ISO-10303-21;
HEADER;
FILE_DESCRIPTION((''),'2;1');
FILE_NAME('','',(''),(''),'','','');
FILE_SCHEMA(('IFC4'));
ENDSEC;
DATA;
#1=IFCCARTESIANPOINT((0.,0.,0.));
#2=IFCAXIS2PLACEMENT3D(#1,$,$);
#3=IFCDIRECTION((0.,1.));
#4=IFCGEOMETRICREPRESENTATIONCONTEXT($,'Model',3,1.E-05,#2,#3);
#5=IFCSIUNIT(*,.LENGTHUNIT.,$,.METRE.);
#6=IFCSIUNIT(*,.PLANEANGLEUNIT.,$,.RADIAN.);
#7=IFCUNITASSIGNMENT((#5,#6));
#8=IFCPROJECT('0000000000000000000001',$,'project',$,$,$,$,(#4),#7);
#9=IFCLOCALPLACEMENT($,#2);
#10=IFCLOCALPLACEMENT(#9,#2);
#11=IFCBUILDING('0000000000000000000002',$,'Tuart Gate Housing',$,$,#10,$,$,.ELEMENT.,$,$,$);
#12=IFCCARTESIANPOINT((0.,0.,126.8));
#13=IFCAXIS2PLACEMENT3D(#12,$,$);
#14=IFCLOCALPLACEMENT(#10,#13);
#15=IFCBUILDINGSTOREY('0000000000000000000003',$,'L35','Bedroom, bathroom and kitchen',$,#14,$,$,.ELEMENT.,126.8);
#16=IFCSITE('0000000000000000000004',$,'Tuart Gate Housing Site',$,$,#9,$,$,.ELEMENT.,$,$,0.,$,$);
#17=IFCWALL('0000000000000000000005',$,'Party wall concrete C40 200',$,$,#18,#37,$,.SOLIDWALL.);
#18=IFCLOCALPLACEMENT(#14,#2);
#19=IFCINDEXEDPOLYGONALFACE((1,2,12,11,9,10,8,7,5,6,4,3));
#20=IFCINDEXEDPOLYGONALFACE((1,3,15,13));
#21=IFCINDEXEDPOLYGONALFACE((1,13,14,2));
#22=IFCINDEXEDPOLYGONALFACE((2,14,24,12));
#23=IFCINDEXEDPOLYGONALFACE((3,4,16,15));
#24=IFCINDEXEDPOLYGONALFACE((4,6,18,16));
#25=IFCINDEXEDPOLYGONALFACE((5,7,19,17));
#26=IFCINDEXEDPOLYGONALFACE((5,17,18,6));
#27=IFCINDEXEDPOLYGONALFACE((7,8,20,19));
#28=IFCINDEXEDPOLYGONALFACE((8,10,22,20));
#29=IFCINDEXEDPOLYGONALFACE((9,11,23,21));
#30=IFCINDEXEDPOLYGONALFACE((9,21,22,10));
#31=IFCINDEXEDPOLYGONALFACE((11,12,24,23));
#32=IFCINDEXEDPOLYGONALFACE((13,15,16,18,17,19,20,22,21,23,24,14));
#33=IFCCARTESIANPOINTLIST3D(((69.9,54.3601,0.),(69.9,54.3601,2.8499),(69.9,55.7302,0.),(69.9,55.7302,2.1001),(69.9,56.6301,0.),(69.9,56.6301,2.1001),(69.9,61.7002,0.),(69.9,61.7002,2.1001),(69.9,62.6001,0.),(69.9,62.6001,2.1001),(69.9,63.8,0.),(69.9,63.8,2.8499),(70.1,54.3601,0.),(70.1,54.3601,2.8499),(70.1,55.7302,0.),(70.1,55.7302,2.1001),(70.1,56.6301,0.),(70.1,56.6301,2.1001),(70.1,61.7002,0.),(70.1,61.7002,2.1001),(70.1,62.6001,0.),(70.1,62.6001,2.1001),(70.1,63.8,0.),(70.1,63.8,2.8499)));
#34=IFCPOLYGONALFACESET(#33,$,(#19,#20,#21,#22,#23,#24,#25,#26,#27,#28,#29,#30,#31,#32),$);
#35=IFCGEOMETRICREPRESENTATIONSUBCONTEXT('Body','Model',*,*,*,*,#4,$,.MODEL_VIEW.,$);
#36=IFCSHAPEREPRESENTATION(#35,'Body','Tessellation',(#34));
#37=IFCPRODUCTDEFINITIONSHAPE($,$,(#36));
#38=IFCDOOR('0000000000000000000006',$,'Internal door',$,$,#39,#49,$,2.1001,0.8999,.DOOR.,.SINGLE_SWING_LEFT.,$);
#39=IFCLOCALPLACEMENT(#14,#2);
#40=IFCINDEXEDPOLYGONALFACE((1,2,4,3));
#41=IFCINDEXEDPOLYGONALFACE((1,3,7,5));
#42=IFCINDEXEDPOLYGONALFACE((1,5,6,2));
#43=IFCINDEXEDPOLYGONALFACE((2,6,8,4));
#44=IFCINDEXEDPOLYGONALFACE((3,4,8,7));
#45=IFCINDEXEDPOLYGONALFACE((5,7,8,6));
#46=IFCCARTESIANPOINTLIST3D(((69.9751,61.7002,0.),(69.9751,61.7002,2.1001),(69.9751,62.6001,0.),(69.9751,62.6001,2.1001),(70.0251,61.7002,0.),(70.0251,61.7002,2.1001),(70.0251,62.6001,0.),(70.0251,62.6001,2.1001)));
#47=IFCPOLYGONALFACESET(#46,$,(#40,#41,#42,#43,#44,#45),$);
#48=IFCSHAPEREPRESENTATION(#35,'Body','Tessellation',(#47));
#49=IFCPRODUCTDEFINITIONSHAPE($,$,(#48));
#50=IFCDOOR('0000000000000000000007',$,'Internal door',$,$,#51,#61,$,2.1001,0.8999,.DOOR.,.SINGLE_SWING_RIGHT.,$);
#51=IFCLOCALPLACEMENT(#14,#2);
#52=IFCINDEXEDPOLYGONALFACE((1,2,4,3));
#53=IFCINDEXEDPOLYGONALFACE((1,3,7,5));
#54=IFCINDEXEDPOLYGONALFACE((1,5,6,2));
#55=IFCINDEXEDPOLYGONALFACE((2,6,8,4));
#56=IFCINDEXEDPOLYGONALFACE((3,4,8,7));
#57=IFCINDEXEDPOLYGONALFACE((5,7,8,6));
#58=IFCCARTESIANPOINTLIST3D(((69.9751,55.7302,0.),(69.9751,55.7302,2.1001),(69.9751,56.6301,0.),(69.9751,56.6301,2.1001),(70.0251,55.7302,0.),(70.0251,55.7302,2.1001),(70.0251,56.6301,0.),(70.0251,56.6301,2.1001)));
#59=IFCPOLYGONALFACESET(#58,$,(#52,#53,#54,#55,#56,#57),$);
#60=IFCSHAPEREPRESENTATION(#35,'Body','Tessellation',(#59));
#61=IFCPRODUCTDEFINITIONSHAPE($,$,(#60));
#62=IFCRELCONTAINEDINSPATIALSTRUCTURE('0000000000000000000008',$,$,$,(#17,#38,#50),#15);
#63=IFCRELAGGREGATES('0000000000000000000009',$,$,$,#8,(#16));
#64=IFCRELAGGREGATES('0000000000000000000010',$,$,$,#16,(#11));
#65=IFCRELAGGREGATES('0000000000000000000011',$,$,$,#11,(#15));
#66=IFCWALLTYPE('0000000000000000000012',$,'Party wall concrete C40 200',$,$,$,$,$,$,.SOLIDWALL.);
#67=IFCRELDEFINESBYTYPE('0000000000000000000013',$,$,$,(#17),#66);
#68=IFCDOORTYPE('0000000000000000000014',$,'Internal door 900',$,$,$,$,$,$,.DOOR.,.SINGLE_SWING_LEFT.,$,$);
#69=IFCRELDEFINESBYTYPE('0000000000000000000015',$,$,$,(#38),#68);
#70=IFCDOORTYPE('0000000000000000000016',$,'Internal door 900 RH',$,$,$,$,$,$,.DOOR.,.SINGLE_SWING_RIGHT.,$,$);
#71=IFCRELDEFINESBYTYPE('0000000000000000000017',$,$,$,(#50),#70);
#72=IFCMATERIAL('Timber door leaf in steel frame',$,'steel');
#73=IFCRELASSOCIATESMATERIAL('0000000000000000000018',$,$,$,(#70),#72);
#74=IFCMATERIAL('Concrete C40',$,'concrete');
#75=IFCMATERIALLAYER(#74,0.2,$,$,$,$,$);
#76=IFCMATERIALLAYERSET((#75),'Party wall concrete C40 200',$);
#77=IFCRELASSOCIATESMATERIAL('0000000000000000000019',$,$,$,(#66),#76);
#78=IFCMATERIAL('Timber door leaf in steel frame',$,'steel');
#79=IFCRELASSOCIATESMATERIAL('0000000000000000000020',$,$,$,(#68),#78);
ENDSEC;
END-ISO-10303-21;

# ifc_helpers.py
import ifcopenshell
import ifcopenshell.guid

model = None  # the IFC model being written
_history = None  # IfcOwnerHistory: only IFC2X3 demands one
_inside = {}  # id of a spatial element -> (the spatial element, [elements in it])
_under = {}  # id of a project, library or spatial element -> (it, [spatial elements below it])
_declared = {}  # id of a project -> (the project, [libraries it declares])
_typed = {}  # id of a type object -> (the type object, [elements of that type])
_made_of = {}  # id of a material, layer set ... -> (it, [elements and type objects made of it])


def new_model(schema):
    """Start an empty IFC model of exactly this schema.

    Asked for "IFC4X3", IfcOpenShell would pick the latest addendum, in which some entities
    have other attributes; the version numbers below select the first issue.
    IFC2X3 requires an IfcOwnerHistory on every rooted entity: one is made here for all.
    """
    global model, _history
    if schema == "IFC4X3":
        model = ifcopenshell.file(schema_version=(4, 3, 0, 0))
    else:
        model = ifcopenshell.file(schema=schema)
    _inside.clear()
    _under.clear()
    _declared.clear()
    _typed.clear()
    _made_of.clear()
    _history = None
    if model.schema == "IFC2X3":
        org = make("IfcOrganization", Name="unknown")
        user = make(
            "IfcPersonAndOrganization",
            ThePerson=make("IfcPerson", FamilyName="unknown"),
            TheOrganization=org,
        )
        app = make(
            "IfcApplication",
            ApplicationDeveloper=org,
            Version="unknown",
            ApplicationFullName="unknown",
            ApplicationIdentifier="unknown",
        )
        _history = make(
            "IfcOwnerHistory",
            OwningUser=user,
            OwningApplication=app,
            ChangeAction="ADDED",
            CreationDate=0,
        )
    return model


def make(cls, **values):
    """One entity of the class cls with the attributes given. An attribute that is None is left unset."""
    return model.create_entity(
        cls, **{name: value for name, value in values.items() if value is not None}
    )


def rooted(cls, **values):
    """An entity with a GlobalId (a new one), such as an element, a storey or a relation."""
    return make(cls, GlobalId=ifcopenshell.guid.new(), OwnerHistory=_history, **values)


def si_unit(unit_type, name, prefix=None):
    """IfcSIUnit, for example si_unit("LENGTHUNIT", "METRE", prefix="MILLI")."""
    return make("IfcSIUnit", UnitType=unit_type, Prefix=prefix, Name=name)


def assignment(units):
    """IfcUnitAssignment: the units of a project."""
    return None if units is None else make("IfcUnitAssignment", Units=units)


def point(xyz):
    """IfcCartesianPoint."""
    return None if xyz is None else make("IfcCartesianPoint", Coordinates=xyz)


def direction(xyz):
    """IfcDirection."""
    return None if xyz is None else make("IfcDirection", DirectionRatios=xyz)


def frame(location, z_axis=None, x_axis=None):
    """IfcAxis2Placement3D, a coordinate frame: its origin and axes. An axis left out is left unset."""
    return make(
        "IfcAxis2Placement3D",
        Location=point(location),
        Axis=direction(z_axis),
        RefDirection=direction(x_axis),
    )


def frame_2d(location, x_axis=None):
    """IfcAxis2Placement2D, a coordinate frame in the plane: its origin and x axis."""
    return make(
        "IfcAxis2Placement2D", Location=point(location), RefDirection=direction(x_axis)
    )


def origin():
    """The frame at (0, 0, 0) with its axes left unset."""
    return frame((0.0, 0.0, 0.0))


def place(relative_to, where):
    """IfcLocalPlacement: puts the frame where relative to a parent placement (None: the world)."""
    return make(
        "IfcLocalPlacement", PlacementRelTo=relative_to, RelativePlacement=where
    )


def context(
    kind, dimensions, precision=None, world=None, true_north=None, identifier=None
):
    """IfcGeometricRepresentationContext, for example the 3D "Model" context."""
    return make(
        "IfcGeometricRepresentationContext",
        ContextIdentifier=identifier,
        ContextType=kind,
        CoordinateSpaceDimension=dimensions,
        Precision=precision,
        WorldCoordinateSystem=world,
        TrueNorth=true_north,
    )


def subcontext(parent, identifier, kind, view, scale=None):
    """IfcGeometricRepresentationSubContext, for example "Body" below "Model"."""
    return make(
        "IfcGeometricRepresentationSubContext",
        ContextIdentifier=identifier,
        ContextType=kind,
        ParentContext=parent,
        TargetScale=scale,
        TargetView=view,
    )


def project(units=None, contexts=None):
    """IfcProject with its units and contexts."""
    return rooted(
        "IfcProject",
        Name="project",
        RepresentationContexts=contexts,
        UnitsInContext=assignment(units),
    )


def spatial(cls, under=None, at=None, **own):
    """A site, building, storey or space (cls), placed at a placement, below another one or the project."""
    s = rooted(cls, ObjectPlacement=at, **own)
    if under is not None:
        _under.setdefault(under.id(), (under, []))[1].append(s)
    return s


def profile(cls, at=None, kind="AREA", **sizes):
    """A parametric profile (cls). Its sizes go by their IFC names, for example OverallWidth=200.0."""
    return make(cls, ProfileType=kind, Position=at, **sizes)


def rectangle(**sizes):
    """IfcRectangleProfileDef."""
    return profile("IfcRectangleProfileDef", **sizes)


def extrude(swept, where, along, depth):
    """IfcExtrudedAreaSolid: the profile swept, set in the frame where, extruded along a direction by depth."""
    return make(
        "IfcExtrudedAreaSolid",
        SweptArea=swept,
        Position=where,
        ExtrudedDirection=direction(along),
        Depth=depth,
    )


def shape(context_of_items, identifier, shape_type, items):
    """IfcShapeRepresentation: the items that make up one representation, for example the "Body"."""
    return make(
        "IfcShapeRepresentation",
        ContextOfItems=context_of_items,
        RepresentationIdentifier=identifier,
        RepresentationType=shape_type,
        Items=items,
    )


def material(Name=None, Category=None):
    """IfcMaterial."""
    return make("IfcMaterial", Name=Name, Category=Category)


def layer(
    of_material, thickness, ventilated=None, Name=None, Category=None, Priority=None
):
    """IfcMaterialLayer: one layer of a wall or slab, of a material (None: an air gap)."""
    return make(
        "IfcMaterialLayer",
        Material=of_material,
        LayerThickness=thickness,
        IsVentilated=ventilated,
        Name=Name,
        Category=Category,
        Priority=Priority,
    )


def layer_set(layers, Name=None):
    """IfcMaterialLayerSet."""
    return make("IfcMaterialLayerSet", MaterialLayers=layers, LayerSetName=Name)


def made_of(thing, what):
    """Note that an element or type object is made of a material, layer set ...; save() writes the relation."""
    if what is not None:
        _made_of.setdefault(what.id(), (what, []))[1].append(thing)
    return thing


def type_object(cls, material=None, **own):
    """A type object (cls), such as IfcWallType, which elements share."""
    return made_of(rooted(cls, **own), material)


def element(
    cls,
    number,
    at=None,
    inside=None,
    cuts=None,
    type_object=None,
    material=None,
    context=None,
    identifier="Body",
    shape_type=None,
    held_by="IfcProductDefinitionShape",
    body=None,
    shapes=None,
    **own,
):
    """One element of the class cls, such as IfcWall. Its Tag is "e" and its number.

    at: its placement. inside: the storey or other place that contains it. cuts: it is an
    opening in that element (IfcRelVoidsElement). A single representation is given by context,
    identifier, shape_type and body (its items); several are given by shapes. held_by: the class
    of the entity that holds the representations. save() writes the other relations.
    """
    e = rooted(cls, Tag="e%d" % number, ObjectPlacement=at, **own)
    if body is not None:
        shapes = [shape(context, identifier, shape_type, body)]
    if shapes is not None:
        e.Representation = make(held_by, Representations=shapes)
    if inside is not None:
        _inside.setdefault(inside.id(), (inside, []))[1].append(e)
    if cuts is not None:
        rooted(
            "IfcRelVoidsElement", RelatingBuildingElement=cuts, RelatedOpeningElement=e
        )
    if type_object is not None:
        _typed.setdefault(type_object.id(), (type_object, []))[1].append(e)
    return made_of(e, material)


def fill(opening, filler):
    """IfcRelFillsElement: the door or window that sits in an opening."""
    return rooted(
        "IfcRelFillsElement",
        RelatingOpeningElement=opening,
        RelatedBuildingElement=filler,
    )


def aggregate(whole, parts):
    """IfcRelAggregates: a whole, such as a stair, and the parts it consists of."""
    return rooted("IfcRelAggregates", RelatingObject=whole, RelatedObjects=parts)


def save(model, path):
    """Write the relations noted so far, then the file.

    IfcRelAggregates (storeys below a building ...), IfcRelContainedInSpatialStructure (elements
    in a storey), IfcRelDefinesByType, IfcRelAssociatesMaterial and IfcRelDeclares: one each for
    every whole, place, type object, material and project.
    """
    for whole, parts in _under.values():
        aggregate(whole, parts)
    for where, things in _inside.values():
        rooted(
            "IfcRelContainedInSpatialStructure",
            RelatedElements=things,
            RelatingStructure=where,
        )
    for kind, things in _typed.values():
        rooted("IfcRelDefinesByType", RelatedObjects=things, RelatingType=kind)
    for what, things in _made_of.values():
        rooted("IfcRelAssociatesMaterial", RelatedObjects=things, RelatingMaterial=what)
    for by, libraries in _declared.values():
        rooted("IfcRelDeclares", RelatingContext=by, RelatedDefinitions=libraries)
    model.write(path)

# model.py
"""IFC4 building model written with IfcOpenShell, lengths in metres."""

from ifc_helpers import new_model, si_unit, direction, frame, frame_2d, origin, place, context, subcontext, project, spatial, rectangle, extrude, material, layer, layer_set, type_object, element, fill, save


model = new_model("IFC4")

# Units and contexts
model_context = context("Model", 3, precision=1e-05, world=origin(), true_north=direction((0.0, 1.0)))
body_context = subcontext(model_context, "Body", "Model", "MODEL_VIEW")
ifc_project = project(units=[si_unit("LENGTHUNIT", "METRE"), si_unit("PLANEANGLEUNIT", "RADIAN")], contexts=[model_context])

# Site, building, storey
site_placement = place(None, origin())
site = spatial("IfcSite", under=ifc_project, at=site_placement, Name="Tuart Gate Housing Site", CompositionType="ELEMENT", RefElevation=0.0)
building_placement = place(site_placement, origin())
building = spatial("IfcBuilding", under=site, at=building_placement, Name="Tuart Gate Housing", CompositionType="ELEMENT")
storey_placement = place(building_placement, frame((0.0, 0.0, 126.8)))
storey = spatial("IfcBuildingStorey", under=building, at=storey_placement, Name="L35", Description="Bedroom, bathroom and kitchen", CompositionType="ELEMENT", Elevation=126.8)

# Shared definitions
ifc_material_1 = material(Name="Timber door leaf in steel frame", Category="steel")
door_type_1 = type_object("IfcDoorType", Name="Internal door 900 RH", OperationType="SINGLE_SWING_RIGHT", PredefinedType="DOOR", material=ifc_material_1)

# Shared definitions
ifc_material_2 = material(Name="Concrete C40", Category="concrete")
ifc_layer_1 = layer(ifc_material_2, 0.2)
ifc_layer_set_1 = layer_set([ifc_layer_1], Name="Party wall concrete C40 200")
wall_type_1 = type_object("IfcWallType", Name="Party wall concrete C40 200", PredefinedType="SOLIDWALL", material=ifc_layer_set_1)

# Wall, openings, doors
wall_1_placement = place(storey_placement, frame((70.0, 54.3601, 0.0), z_axis=(0.0, 0.0, 1.0), x_axis=(0.0, 1.0, 0.0)))
wall_1 = element("IfcWall", 1, at=wall_1_placement, inside=storey, type_object=wall_type_1, Name="Party wall concrete C40 200", PredefinedType="SOLIDWALL", context=body_context, shape_type="SweptSolid", body=[
    extrude(rectangle(XDim=9.4399, YDim=0.2, at=frame_2d((4.72, 0.0))), origin(), (0.0, 0.0, 1.0), 2.8499),
])
opening_1_placement = place(wall_1_placement, frame((1.3701, 0.0, 0.0)))
opening_1 = element("IfcOpeningElement", 2, at=opening_1_placement, cuts=wall_1, PredefinedType="OPENING", context=body_context, shape_type="SweptSolid", body=[
    extrude(rectangle(XDim=0.8999, YDim=2.1001, at=frame_2d((0.45, 1.05))), frame((0.0, 0.1099, 0.0), z_axis=(0.0, -1.0, 0.0), x_axis=(1.0, 0.0, 0.0)), (0.0, 0.0, 1.0), 0.22),
])
opening_2_placement = place(wall_1_placement, frame((7.3401, 0.0, 0.0)))
opening_2 = element("IfcOpeningElement", 3, at=opening_2_placement, cuts=wall_1, PredefinedType="OPENING", context=body_context, shape_type="SweptSolid", body=[
    extrude(rectangle(XDim=0.8999, YDim=2.1001, at=frame_2d((0.45, 1.05))), frame((0.0, 0.1099, 0.0), z_axis=(0.0, -1.0, 0.0), x_axis=(1.0, 0.0, 0.0)), (0.0, 0.0, 1.0), 0.22),
])
ifc_material_3 = material(Name="Timber door leaf in steel frame", Category="steel")
door_type_2 = type_object("IfcDoorType", Name="Internal door 900", OperationType="SINGLE_SWING_LEFT", PredefinedType="DOOR", material=ifc_material_3)
door_1_placement = place(opening_2_placement, frame((0.8999, 0.0, 0.0), z_axis=(0.0, 0.0, 1.0), x_axis=(-1.0, 0.0, 0.0)))
door_1 = element("IfcDoor", 4, at=door_1_placement, inside=storey, type_object=door_type_2, Name="Internal door", OperationType="SINGLE_SWING_LEFT", OverallHeight=2.1001, OverallWidth=0.8999, PredefinedType="DOOR", context=body_context, shape_type="SweptSolid", body=[
    extrude(rectangle(XDim=0.8999, YDim=2.1001, at=frame_2d((0.45, 1.05))), frame((0.0, 0.0251, 0.0), z_axis=(0.0, -1.0, 0.0), x_axis=(1.0, 0.0, 0.0)), (0.0, 0.0, 1.0), 0.05),
])
fill(opening_2, door_1)
door_2_placement = place(opening_1_placement, frame((0.8999, 0.0, 0.0), z_axis=(0.0, 0.0, 1.0), x_axis=(-1.0, 0.0, 0.0)))
door_2 = element("IfcDoor", 5, at=door_2_placement, inside=storey, type_object=door_type_1, Name="Internal door", OperationType="SINGLE_SWING_RIGHT", OverallHeight=2.1001, OverallWidth=0.8999, PredefinedType="DOOR", context=body_context, shape_type="SweptSolid", body=[
    extrude(rectangle(XDim=0.8999, YDim=2.1001, at=frame_2d((0.45, 1.05))), frame((0.0, 0.0251, 0.0), z_axis=(0.0, -1.0, 0.0), x_axis=(1.0, 0.0, 0.0)), (0.0, 0.0, 1.0), 0.05),
])
fill(opening_1, door_2)

save(model, "model.ifc")
